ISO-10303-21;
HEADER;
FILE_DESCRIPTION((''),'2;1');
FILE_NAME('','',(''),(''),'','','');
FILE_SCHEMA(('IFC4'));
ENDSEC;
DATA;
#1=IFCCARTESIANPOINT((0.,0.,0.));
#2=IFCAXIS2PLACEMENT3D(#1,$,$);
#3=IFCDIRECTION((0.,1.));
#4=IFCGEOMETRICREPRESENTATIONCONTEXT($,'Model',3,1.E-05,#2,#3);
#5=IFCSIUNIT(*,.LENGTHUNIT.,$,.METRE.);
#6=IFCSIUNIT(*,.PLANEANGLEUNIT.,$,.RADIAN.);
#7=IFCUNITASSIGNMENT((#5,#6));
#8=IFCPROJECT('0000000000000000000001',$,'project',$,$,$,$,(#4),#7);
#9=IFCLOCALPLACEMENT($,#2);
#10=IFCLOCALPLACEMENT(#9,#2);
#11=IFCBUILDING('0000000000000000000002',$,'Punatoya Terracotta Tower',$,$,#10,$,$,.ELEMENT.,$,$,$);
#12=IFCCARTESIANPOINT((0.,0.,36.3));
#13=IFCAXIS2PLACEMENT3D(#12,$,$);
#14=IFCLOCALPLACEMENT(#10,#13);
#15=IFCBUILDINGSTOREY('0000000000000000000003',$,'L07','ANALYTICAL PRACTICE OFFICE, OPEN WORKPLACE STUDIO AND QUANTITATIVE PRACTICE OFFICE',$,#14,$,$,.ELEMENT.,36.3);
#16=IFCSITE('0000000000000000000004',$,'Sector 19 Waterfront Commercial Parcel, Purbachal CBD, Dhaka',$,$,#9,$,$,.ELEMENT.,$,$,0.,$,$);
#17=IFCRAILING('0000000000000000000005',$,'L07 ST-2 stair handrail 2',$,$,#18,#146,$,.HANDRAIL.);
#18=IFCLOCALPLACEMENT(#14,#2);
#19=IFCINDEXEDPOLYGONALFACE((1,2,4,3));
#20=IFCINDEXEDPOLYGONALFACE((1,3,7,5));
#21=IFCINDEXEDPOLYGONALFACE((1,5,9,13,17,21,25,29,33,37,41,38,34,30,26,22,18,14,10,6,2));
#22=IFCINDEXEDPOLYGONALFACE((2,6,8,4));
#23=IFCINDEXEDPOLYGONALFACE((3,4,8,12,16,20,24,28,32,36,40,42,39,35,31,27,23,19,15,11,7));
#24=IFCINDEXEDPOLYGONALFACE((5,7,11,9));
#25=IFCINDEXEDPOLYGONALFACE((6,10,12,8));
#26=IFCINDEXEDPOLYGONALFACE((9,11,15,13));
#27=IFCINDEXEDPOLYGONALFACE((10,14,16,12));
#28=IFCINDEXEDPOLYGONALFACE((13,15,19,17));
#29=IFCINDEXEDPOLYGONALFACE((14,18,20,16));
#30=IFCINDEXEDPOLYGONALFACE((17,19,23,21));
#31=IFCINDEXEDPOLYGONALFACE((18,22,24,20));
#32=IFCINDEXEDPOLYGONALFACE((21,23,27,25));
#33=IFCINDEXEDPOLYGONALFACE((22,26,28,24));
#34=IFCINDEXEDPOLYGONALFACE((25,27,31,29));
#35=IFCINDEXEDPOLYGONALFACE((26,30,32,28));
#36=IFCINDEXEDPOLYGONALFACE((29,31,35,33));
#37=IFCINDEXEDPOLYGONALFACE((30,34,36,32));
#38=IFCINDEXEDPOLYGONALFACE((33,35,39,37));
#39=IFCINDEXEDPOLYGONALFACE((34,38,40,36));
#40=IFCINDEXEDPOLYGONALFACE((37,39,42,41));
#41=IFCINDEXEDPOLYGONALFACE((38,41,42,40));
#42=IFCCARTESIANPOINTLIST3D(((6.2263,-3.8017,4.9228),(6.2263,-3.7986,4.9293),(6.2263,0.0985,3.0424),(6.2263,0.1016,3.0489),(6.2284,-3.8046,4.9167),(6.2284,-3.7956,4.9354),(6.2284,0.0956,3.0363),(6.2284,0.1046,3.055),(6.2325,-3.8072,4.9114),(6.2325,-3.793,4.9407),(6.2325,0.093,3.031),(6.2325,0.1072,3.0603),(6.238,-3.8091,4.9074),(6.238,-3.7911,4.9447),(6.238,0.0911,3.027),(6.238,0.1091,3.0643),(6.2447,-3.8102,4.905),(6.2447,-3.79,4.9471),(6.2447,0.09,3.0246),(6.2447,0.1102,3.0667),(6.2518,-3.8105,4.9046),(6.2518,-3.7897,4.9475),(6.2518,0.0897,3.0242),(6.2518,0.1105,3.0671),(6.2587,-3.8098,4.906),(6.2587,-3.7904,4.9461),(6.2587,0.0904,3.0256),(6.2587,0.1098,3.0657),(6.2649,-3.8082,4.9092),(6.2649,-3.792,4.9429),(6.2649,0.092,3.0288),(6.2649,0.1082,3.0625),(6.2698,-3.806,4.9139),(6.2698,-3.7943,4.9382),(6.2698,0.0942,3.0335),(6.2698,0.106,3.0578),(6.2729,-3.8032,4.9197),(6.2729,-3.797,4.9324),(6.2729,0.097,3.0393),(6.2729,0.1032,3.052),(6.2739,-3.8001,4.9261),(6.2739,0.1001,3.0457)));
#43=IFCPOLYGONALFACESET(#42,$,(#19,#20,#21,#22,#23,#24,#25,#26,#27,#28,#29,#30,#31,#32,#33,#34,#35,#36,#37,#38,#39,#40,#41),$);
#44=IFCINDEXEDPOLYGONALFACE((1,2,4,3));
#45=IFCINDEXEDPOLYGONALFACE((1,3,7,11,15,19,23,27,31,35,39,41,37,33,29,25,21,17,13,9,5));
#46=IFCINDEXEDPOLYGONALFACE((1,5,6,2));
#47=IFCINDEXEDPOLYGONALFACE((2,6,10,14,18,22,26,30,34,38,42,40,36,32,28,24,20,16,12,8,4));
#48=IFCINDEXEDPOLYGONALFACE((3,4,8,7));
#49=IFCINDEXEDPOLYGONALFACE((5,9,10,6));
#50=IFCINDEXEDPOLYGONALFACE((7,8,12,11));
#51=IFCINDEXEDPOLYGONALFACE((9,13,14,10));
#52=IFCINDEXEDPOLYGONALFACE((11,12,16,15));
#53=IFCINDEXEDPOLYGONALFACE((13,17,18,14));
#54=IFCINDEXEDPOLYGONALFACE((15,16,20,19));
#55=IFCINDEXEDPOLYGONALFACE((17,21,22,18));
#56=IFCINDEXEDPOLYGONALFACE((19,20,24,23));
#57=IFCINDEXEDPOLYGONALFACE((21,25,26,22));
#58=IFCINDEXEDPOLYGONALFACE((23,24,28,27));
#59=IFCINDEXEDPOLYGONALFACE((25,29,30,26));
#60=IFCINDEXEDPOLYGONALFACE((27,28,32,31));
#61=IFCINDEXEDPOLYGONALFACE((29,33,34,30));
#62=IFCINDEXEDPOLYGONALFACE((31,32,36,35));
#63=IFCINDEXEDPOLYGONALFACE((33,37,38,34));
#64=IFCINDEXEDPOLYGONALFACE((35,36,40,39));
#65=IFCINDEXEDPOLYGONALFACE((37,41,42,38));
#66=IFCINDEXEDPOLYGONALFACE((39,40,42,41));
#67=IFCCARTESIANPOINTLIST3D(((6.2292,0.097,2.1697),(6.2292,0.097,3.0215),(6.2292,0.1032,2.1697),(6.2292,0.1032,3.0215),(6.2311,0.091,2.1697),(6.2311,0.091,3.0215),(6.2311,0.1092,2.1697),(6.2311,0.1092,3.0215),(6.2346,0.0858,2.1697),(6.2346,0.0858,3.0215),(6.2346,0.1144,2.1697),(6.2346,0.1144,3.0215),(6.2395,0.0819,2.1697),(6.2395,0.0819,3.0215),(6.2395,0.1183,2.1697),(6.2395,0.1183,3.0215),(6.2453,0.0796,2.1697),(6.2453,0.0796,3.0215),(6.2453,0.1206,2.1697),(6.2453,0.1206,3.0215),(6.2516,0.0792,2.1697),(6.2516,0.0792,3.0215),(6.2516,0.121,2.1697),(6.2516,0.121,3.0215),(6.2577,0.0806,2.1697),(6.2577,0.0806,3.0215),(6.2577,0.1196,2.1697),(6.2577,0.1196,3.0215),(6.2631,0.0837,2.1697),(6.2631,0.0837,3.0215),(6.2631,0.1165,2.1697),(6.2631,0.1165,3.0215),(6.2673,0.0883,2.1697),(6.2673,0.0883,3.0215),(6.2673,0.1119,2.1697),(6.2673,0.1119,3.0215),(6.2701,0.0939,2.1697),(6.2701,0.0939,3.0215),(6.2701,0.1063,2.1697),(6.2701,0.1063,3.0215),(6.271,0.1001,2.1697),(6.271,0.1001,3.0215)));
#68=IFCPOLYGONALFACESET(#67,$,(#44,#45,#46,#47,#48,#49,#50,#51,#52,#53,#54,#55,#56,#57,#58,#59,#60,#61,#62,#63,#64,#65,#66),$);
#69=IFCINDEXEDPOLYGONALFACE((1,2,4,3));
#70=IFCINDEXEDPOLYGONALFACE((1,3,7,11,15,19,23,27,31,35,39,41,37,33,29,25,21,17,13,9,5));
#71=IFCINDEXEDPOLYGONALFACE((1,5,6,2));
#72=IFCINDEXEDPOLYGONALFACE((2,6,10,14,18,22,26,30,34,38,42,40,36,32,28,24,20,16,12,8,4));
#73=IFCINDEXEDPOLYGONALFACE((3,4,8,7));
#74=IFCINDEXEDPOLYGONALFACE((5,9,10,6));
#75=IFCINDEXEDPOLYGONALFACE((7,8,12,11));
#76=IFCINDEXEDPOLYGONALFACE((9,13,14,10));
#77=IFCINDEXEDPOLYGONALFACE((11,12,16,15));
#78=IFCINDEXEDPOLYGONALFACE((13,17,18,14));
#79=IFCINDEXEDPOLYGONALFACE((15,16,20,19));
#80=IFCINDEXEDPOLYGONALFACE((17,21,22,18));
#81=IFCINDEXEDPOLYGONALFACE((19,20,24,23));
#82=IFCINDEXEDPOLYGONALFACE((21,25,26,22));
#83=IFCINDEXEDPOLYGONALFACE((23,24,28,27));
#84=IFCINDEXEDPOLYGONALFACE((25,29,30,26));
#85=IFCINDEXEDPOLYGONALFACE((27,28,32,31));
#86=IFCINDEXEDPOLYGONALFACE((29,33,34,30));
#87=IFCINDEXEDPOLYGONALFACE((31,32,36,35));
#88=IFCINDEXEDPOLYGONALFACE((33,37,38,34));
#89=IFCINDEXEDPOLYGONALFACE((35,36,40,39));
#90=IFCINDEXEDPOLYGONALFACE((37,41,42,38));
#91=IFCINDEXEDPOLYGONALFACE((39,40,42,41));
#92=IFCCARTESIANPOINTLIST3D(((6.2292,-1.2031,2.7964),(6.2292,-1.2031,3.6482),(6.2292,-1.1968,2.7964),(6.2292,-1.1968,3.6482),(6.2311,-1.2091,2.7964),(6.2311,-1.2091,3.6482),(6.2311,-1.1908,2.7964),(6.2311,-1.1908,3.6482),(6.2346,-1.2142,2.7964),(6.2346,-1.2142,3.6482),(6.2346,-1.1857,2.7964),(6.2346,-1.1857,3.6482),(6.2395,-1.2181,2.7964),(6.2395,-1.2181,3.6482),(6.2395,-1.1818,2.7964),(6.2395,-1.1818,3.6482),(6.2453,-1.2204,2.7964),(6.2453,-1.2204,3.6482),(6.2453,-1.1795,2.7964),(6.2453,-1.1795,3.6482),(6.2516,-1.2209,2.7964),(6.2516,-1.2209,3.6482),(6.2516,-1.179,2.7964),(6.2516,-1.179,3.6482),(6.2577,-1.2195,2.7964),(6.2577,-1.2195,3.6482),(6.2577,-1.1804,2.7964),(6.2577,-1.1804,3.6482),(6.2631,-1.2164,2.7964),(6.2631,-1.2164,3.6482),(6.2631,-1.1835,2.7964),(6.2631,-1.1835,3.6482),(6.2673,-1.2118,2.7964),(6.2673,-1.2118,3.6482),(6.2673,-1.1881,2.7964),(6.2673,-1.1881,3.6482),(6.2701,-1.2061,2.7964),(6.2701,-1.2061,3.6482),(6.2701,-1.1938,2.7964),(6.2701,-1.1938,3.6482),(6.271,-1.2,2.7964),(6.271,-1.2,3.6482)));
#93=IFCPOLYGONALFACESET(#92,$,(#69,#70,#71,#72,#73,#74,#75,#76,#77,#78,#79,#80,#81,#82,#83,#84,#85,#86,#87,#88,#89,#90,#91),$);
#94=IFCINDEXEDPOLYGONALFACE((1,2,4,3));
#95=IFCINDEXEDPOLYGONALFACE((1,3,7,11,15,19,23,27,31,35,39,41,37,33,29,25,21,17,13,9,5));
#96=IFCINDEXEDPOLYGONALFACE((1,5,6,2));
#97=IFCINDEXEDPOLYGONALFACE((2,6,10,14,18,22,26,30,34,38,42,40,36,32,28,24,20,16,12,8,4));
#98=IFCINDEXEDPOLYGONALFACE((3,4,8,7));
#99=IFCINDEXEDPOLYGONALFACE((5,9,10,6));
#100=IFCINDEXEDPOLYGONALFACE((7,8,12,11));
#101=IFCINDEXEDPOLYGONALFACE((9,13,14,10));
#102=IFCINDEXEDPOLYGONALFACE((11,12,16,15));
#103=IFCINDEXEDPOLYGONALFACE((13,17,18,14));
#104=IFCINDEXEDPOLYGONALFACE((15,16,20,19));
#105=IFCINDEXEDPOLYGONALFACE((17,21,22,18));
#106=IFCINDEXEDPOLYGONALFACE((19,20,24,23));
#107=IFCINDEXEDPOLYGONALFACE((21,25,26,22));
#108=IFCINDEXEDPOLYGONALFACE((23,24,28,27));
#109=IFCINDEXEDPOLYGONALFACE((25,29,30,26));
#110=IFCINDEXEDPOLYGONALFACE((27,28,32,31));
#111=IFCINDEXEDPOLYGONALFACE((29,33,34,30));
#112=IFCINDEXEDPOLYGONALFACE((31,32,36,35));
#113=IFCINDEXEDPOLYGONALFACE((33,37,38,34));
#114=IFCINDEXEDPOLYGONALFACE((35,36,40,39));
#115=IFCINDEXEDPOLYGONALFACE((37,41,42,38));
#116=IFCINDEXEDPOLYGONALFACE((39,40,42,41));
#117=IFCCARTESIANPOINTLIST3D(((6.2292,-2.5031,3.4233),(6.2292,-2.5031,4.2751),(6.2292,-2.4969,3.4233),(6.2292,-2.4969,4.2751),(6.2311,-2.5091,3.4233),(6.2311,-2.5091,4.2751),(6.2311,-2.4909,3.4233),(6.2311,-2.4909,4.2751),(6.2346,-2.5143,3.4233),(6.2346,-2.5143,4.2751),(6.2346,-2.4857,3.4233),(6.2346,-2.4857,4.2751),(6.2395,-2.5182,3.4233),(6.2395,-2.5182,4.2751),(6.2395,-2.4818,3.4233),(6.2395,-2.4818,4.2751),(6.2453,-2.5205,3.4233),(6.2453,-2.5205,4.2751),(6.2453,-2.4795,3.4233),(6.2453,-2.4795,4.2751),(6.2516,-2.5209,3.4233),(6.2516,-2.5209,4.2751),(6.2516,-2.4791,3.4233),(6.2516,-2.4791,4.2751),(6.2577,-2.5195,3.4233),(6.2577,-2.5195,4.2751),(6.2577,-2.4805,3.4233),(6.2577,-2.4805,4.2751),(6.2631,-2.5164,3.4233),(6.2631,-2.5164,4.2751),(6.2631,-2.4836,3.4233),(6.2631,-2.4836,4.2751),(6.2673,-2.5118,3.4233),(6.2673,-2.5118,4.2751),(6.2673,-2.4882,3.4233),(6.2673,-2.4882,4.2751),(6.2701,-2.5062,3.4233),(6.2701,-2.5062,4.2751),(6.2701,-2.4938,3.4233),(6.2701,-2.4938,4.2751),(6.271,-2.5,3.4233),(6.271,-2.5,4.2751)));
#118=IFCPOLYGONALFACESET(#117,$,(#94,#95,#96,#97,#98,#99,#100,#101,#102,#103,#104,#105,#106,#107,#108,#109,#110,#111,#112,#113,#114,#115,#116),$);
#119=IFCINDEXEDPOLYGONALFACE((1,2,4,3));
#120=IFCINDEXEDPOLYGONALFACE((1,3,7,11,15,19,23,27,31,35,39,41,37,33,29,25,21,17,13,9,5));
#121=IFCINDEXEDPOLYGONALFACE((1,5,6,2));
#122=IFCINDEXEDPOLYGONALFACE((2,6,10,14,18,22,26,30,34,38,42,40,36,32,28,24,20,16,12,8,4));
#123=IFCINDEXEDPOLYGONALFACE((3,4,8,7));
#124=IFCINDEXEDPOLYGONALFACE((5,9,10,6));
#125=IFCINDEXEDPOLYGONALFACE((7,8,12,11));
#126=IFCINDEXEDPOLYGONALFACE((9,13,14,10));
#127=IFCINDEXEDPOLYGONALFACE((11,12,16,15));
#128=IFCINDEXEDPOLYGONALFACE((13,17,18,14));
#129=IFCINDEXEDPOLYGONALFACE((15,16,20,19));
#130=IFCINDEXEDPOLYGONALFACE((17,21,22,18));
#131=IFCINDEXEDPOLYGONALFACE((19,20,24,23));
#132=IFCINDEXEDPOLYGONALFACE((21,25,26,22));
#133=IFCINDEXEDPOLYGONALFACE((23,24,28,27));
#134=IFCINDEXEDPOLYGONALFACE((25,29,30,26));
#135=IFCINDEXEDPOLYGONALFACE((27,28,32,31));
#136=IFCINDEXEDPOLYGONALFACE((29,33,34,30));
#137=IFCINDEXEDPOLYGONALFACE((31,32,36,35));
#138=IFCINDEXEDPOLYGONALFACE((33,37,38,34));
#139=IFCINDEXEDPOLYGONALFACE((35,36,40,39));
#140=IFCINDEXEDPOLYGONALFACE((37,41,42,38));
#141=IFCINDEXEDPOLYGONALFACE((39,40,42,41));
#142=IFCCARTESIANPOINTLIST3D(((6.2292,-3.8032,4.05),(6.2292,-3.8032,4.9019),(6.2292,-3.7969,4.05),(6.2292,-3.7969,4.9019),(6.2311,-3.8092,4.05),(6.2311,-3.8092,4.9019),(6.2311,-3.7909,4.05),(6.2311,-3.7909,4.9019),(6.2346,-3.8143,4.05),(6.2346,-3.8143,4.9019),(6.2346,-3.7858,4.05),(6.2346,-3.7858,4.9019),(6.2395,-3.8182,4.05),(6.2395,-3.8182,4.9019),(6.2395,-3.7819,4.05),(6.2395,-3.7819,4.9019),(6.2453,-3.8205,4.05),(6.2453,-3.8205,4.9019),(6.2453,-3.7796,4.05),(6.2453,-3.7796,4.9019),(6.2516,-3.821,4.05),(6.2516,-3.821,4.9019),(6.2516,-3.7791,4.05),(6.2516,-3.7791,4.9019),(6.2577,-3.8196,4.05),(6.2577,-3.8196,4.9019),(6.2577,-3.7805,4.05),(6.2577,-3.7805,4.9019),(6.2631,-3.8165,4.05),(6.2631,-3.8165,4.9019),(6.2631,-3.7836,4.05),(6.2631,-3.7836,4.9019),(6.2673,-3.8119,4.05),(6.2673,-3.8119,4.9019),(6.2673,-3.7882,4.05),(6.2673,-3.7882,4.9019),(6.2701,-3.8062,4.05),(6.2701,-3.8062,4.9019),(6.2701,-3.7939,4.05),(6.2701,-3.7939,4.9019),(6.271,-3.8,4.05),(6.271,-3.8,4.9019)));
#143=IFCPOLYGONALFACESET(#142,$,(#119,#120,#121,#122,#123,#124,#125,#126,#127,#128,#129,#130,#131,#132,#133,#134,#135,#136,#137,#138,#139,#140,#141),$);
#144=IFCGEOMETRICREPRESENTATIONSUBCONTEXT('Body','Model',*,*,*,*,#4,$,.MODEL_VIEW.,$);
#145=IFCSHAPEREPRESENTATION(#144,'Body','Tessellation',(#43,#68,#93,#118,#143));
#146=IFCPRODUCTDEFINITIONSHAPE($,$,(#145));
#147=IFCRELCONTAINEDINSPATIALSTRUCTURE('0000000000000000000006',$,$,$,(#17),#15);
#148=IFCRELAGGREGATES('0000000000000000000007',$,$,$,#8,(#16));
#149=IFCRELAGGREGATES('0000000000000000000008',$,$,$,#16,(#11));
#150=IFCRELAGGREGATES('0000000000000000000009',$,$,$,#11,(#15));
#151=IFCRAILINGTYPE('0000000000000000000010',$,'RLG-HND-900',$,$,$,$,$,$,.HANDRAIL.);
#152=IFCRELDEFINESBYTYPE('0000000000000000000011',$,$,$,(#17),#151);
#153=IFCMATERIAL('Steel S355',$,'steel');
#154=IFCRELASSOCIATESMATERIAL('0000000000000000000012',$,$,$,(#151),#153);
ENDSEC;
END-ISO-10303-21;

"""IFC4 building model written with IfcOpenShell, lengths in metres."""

from ifc_helpers import new_model, si_unit, direction, frame, origin, origin_2d, place, context, subcontext, project, spatial, circle, extrude, material, type_object, element, save


model = new_model("IFC4")

# Units and contexts
model_context = context("Model", 3, precision=1e-05, world=origin(), true_north=direction((0.0, 1.0)))
body_context = subcontext(model_context, "Body", "Model", "MODEL_VIEW")
ifc_project = project(units=[si_unit("LENGTHUNIT", "METRE"), si_unit("PLANEANGLEUNIT", "RADIAN")], contexts=[model_context])

# Site, building, storey
site_placement = place(None, origin())
site = spatial("IfcSite", under=ifc_project, at=site_placement, Name="Sector 19 Waterfront Commercial Parcel, Purbachal CBD, Dhaka", CompositionType="ELEMENT", RefElevation=0.0)
building_placement = place(site_placement, origin())
building = spatial("IfcBuilding", under=site, at=building_placement, Name="Punatoya Terracotta Tower", CompositionType="ELEMENT")
storey_placement = place(building_placement, frame((0.0, 0.0, 36.3)))
storey = spatial("IfcBuildingStorey", under=building, at=storey_placement, Name="L07", Description="ANALYTICAL PRACTICE OFFICE, OPEN WORKPLACE STUDIO AND QUANTITATIVE PRACTICE OFFICE", CompositionType="ELEMENT", Elevation=36.3)

# Shared definitions
ifc_material_1 = material(Name="Steel S355", Category="steel")

# Railing
railing_type_1 = type_object("IfcRailingType", Name="RLG-HND-900", PredefinedType="HANDRAIL", material=ifc_material_1)
railing_1_placement = place(storey_placement, frame((6.25, 0.1001, 2.1697)))
element("IfcRailing", 1, at=railing_1_placement, inside=storey, type_object=railing_type_1, Name="L07 ST-2 stair handrail 2", PredefinedType="HANDRAIL", context=body_context, shape_type="SweptSolid", body=[
    extrude(circle(Radius=0.0239, at=origin_2d()), frame((0.0, 0.0, 0.876), z_axis=(0.0, -0.900774, 0.434289), x_axis=(1.0, 0.0, 0.0)), (0.0, 0.0, 1.0), 4.3298),
    extrude(circle(Radius=0.021, at=origin_2d()), origin(), (0.0, 0.0, 1.0), 0.8518),
    extrude(circle(Radius=0.021, at=origin_2d()), frame((0.0, -1.3, 0.6267)), (0.0, 0.0, 1.0), 0.8518),
    extrude(circle(Radius=0.021, at=origin_2d()), frame((0.0, -2.6001, 1.2537)), (0.0, 0.0, 1.0), 0.8518),
    extrude(circle(Radius=0.021, at=origin_2d()), frame((0.0, -3.9001, 1.8804)), (0.0, 0.0, 1.0), 0.8518),
])

save(model, "model.ifc")
